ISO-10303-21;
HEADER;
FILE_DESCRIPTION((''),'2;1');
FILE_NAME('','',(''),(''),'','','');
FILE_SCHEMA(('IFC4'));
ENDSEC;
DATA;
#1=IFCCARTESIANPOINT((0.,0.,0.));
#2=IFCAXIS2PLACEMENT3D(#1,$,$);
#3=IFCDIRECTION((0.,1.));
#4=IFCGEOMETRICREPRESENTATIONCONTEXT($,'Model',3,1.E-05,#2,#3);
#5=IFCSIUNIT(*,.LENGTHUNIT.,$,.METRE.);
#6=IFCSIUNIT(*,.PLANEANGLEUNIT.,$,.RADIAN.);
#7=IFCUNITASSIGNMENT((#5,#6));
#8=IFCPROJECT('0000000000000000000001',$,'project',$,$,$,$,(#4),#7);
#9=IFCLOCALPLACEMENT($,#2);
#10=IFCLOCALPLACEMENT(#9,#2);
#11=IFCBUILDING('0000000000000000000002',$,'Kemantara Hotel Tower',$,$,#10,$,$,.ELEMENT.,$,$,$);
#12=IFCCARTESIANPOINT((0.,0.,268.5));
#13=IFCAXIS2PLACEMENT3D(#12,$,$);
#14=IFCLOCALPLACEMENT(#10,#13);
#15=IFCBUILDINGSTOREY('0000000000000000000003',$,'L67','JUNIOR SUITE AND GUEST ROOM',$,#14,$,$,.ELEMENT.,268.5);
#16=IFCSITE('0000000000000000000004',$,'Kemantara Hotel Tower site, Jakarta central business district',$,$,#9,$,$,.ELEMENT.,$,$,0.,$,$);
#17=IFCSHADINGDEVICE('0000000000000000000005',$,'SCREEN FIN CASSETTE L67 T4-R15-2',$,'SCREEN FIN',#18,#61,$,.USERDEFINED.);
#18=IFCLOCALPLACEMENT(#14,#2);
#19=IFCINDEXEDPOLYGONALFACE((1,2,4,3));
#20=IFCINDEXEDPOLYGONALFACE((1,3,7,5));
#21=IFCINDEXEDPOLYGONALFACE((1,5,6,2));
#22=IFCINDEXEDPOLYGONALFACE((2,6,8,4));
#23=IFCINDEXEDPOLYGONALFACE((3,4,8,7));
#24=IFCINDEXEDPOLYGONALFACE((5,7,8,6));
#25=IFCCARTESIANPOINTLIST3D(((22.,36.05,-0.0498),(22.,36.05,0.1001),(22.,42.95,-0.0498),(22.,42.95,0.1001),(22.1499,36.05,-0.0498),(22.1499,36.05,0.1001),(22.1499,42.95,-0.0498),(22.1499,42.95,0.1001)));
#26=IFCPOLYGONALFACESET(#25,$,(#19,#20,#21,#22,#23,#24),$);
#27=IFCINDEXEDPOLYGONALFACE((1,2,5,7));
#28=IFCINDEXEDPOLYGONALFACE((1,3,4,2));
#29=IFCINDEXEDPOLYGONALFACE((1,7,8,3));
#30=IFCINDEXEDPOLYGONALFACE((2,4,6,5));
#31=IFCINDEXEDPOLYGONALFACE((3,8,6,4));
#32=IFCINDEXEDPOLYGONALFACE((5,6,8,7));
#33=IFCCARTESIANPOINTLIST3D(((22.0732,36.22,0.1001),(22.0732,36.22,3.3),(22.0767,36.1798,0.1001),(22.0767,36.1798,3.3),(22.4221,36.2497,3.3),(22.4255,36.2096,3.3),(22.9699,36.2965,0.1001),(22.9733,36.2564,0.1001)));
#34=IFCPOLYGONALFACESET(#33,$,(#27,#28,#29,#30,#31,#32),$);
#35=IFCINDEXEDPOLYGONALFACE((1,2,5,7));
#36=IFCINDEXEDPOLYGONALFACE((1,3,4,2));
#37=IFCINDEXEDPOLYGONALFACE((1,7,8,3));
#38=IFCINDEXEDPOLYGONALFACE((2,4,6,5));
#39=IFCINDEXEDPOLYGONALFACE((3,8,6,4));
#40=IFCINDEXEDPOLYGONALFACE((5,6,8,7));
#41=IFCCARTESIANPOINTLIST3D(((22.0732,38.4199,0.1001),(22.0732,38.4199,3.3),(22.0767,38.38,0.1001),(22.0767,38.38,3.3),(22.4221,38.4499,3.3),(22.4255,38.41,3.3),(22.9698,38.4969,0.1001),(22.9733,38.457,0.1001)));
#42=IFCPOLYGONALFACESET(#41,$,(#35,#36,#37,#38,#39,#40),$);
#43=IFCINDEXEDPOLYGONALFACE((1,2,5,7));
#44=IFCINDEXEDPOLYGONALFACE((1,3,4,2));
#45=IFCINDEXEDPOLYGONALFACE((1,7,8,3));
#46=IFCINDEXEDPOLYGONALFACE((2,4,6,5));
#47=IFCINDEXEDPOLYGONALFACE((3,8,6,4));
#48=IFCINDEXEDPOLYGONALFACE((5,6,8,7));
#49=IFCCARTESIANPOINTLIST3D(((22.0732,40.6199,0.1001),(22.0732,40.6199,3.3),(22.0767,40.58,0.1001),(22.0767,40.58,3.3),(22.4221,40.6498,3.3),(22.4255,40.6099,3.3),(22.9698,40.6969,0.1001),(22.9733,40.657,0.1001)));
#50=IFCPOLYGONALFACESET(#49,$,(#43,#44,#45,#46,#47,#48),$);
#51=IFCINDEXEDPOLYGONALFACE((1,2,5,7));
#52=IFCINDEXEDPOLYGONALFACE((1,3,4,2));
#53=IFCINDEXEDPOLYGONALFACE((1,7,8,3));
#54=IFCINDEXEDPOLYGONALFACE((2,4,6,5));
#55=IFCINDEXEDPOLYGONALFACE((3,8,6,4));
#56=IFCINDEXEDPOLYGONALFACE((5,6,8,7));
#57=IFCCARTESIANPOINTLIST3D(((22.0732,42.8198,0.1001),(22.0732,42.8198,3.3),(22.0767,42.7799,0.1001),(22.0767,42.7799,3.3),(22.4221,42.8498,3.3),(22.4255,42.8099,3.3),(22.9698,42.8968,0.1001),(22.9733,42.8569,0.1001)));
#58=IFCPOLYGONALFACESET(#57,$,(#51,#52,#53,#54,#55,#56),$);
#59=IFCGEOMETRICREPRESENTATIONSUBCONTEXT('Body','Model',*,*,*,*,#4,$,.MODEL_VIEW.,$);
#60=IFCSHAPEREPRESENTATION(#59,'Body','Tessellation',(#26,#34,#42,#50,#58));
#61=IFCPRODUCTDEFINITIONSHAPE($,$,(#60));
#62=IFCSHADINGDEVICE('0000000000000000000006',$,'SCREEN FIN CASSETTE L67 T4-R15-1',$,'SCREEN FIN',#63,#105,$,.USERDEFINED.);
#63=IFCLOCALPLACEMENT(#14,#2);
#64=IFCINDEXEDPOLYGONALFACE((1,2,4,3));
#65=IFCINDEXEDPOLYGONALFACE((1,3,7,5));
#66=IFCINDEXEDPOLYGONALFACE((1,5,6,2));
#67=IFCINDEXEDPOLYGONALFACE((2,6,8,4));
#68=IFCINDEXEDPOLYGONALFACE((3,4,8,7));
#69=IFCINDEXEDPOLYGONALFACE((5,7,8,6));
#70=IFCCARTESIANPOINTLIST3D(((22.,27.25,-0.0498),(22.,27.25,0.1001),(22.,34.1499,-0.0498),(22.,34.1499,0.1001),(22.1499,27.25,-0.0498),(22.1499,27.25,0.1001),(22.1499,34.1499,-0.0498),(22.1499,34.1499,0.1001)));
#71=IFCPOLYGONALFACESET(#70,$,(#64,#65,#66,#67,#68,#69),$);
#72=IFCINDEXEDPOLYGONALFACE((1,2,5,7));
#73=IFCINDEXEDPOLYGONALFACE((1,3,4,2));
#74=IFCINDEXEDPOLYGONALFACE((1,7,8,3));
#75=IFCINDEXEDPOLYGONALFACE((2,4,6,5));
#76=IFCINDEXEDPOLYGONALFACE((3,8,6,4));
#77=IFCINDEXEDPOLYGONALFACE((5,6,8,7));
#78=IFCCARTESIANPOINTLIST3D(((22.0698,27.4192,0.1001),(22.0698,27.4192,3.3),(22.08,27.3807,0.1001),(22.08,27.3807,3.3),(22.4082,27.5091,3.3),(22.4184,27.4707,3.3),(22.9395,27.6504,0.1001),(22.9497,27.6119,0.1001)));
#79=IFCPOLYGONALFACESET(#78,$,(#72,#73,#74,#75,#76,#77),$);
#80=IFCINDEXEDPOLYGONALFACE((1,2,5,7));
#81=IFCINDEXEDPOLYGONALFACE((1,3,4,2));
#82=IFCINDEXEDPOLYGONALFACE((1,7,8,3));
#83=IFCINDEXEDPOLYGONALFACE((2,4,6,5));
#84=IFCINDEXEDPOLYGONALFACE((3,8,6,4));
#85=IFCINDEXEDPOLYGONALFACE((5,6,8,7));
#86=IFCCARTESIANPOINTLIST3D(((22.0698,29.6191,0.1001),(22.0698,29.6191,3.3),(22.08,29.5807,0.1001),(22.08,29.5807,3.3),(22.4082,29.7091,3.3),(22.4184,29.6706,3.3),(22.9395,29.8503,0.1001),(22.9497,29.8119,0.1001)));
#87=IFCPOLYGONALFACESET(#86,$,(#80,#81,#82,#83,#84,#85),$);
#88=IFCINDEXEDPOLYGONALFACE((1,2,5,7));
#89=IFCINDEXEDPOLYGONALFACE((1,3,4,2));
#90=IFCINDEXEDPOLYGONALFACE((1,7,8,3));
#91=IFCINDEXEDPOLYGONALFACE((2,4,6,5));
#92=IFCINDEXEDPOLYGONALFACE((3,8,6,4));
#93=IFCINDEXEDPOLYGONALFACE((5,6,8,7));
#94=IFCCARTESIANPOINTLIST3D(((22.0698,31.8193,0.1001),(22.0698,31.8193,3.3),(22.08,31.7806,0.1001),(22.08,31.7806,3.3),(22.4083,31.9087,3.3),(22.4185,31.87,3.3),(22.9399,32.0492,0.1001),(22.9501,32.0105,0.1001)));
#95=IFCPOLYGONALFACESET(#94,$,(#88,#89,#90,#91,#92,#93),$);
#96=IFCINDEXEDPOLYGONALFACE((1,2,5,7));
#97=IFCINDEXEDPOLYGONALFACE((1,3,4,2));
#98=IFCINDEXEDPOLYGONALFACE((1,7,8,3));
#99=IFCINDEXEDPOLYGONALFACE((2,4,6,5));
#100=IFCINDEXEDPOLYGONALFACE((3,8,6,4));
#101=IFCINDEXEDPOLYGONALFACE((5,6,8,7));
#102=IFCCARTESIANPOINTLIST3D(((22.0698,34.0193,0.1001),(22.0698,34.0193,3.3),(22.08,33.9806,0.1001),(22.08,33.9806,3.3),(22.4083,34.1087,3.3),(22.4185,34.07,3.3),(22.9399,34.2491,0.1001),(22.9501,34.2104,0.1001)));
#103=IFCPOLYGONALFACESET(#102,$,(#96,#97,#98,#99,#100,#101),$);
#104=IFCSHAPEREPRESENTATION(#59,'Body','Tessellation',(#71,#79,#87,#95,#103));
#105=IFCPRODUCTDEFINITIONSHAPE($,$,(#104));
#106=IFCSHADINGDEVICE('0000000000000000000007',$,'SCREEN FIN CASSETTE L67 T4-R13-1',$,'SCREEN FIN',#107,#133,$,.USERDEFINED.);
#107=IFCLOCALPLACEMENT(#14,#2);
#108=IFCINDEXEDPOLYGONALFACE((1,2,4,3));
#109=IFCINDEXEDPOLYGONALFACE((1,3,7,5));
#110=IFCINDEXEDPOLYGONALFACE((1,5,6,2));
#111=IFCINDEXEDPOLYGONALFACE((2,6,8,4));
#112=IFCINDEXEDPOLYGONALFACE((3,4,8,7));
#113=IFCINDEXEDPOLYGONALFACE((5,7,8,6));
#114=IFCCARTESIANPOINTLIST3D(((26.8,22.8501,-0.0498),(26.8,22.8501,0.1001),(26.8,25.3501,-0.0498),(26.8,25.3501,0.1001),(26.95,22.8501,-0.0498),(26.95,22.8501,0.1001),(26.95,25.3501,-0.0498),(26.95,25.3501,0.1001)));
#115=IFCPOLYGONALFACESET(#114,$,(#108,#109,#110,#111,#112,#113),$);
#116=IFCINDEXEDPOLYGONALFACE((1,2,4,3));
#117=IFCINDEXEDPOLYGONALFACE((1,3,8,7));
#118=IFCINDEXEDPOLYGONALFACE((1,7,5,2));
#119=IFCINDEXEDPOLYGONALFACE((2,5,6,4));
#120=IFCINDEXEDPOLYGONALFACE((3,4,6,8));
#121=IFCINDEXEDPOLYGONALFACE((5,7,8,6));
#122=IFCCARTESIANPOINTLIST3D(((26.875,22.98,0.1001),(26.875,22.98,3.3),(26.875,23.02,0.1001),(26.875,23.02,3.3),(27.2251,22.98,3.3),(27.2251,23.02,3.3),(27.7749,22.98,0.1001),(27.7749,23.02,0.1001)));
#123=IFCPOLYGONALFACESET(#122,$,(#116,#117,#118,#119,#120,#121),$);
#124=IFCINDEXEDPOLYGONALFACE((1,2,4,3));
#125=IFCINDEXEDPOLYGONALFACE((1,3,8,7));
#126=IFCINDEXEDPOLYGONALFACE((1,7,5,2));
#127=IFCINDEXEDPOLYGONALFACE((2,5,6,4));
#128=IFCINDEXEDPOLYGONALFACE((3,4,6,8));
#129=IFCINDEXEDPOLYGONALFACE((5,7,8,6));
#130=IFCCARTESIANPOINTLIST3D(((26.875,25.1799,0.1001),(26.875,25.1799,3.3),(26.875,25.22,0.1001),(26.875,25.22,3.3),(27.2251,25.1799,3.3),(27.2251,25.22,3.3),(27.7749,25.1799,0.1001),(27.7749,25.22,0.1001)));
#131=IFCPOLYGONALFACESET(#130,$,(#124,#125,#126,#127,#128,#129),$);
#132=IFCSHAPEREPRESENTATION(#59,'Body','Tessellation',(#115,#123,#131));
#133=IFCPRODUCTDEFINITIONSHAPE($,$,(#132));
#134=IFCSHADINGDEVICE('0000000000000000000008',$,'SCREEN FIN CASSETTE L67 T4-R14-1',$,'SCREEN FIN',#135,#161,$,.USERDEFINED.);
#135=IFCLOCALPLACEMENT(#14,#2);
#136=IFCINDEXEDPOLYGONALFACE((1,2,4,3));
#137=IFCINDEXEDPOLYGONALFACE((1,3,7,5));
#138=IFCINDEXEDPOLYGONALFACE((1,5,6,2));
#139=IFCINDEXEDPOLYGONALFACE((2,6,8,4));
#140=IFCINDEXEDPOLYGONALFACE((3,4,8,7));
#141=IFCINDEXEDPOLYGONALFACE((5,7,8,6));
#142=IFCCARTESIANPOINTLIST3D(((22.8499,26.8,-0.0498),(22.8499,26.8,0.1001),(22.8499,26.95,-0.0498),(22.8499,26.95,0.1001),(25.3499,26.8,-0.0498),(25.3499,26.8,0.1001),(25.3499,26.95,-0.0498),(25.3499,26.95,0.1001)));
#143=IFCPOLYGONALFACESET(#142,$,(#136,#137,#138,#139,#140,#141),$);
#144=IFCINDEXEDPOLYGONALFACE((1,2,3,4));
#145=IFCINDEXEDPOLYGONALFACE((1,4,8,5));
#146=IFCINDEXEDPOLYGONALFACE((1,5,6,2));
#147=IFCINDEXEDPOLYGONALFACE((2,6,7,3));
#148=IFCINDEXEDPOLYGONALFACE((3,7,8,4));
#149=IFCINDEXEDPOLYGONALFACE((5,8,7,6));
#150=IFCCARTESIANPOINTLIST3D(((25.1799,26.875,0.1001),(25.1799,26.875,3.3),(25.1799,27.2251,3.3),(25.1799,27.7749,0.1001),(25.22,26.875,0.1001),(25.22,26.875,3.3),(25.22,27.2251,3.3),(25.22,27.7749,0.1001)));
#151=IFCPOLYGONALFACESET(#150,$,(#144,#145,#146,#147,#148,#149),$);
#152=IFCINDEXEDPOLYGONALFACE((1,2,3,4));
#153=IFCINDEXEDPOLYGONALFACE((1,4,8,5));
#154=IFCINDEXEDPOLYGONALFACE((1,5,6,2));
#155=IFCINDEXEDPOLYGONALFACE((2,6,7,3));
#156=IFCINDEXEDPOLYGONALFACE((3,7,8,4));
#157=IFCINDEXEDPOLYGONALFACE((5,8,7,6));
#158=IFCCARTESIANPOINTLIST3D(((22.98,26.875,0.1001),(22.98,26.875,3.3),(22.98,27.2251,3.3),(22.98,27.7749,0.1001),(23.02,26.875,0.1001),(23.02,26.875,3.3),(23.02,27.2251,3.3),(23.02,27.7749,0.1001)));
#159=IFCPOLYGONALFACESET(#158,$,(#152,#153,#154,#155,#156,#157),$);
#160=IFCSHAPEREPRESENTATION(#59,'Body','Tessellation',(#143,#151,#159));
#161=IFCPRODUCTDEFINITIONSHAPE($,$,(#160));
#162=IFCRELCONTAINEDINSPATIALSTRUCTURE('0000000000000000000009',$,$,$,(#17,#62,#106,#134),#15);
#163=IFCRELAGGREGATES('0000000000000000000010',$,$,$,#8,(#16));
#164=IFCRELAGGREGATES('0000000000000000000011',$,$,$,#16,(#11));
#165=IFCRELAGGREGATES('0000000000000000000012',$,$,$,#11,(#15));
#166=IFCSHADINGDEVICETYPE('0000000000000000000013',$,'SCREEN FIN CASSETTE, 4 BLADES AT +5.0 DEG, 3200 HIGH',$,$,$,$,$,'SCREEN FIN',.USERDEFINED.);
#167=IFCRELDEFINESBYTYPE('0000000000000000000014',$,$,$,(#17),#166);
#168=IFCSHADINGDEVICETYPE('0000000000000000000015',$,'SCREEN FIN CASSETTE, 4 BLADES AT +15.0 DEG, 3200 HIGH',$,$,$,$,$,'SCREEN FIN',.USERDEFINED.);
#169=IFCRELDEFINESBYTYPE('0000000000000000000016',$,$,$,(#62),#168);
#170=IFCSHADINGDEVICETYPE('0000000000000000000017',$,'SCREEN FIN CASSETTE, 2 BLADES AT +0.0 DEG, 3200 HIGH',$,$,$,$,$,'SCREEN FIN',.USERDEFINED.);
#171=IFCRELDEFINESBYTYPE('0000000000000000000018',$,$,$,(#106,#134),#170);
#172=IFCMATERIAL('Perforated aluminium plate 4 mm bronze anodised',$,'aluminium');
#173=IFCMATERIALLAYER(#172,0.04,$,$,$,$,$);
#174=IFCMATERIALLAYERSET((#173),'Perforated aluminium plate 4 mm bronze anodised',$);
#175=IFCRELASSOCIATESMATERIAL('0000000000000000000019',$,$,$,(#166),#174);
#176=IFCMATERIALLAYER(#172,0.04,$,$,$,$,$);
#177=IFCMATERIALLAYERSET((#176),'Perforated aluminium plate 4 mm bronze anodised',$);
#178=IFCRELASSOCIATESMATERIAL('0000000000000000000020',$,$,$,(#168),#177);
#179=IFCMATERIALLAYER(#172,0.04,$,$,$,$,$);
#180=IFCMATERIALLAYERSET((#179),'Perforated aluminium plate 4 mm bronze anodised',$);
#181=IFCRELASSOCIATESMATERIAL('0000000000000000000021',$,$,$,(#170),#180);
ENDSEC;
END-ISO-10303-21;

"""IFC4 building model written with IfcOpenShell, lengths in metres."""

from ifc_helpers import new_model, si_unit, direction, frame, origin, origin_2d, place, context, subcontext, project, spatial, polyline, rectangle, outline, extrude, source, transform, mapped, material, layer, layer_set, type_object, element, save


model = new_model("IFC4")

# Units and contexts
model_context = context("Model", 3, precision=1e-05, world=origin(), true_north=direction((0.0, 1.0)))
body_context = subcontext(model_context, "Body", "Model", "MODEL_VIEW")
ifc_project = project(units=[si_unit("LENGTHUNIT", "METRE"), si_unit("PLANEANGLEUNIT", "RADIAN")], contexts=[model_context])

# Site, building, storey
site_placement = place(None, origin())
site = spatial("IfcSite", under=ifc_project, at=site_placement, Name="Kemantara Hotel Tower site, Jakarta central business district", CompositionType="ELEMENT", RefElevation=0.0)
building_placement = place(site_placement, origin())
building = spatial("IfcBuilding", under=site, at=building_placement, Name="Kemantara Hotel Tower", CompositionType="ELEMENT")
storey_placement = place(building_placement, frame((0.0, 0.0, 268.5)))
storey = spatial("IfcBuildingStorey", under=building, at=storey_placement, Name="L67", Description="JUNIOR SUITE AND GUEST ROOM", CompositionType="ELEMENT", Elevation=268.5)

# Shading devices
ifc_material_1 = material(Name="Perforated aluminium plate 4 mm bronze anodised", Category="aluminium")
ifc_layer_1 = layer(ifc_material_1, 0.04)
ifc_layer_set_1 = layer_set([ifc_layer_1], Name="Perforated aluminium plate 4 mm bronze anodised")
shading_device_type_1 = type_object("IfcShadingDeviceType", Name="SCREEN FIN CASSETTE, 4 BLADES AT +5.0 DEG, 3200 HIGH", ElementType="SCREEN FIN", PredefinedType="USERDEFINED", material=ifc_layer_set_1)
shared_shape_1 = source(origin(), body_context, "Body", "SweptSolid", [
    extrude(rectangle(XDim=6.8999, YDim=0.1499, at=origin_2d()), frame((3.3, -0.075, -0.1499), z_axis=(0.0, 0.0, 1.0), x_axis=(1.0, 0.0, 0.0)), (0.0, 0.0, 1.0), 0.1499),
    extrude(outline(polyline([(0.0, 0.0), (0.8999, 0.0), (0.3501, 3.2), (0.0, 3.2), (0.0, 0.0)])), frame((0.02, -0.0732, 0.0), z_axis=(-0.996376, -0.085056, 0.0), x_axis=(0.085056, -0.996376, 0.0)), (0.0, 0.0, 1.0), 0.0403),
    extrude(outline(polyline([(0.0, 0.0), (0.8999, 0.0), (0.3501, 3.2), (0.0, 3.2), (0.0, 0.0)])), frame((2.22, -0.0732, 0.0), z_axis=(-0.996332, -0.085575, 0.0), x_axis=(0.085575, -0.996332, 0.0)), (0.0, 0.0, 1.0), 0.04),
    extrude(outline(polyline([(0.0, 0.0), (0.8999, 0.0), (0.3501, 3.2), (0.0, 3.2), (0.0, 0.0)])), frame((4.4199, -0.0732, 0.0), z_axis=(-0.996332, -0.085575, 0.0), x_axis=(0.085575, -0.996332, 0.0)), (0.0, 0.0, 1.0), 0.04),
    extrude(outline(polyline([(0.0, 0.0), (0.8999, 0.0), (0.3501, 3.2), (0.0, 3.2), (0.0, 0.0)])), frame((6.6199, -0.0732, 0.0), z_axis=(-0.996332, -0.085575, 0.0), x_axis=(0.085575, -0.996332, 0.0)), (0.0, 0.0, 1.0), 0.04),
])
shading_device_1_placement = place(storey_placement, frame((22.0, 36.2, 0.1001), z_axis=(0.0, 0.0, 1.0), x_axis=(0.0, 1.0, 0.0)))
element("IfcShadingDevice", 1, at=shading_device_1_placement, inside=storey, type_object=shading_device_type_1, Name="SCREEN FIN CASSETTE L67 T4-R15-2", ObjectType="SCREEN FIN", PredefinedType="USERDEFINED", context=body_context, shape_type="MappedRepresentation", body=[
    mapped(shared_shape_1, transform((0.0, 0.0, 0.0))),
])
ifc_layer_2 = layer(ifc_material_1, 0.04)
ifc_layer_set_2 = layer_set([ifc_layer_2], Name="Perforated aluminium plate 4 mm bronze anodised")
shading_device_type_2 = type_object("IfcShadingDeviceType", Name="SCREEN FIN CASSETTE, 4 BLADES AT +15.0 DEG, 3200 HIGH", ElementType="SCREEN FIN", PredefinedType="USERDEFINED", material=ifc_layer_set_2)
shared_shape_2 = source(origin(), body_context, "Body", "SweptSolid", [
    extrude(rectangle(XDim=6.8999, YDim=0.1499, at=origin_2d()), frame((3.3, -0.075, -0.1499), z_axis=(0.0, 0.0, 1.0), x_axis=(1.0, 0.0, 0.0)), (0.0, 0.0, 1.0), 0.1499),
    extrude(outline(polyline([(0.0, 0.0), (0.8999, 0.0), (0.3501, 3.2), (0.0, 3.2), (0.0, 0.0)])), frame((0.0193, -0.0698, 0.0), z_axis=(-0.966438, -0.256901, 0.0), x_axis=(0.256901, -0.966438, 0.0)), (0.0, 0.0, 1.0), 0.0398),
    extrude(outline(polyline([(0.0, 0.0), (0.8999, 0.0), (0.3501, 3.2), (0.0, 3.2), (0.0, 0.0)])), frame((2.2192, -0.0698, 0.0), z_axis=(-0.966438, -0.256901, 0.0), x_axis=(0.256901, -0.966438, 0.0)), (0.0, 0.0, 1.0), 0.0398),
    extrude(outline(polyline([(0.0, 0.0), (0.8999, 0.0), (0.3501, 3.2), (0.0, 3.2), (0.0, 0.0)])), frame((4.4194, -0.0698, 0.0), z_axis=(-0.966838, -0.255391, 0.0), x_axis=(0.255391, -0.966838, 0.0)), (0.0, 0.0, 1.0), 0.04),
    extrude(outline(polyline([(0.0, 0.0), (0.8999, 0.0), (0.3501, 3.2), (0.0, 3.2), (0.0, 0.0)])), frame((6.6194, -0.0698, 0.0), z_axis=(-0.966838, -0.255391, 0.0), x_axis=(0.255391, -0.966838, 0.0)), (0.0, 0.0, 1.0), 0.04),
])
shading_device_2_placement = place(storey_placement, frame((22.0, 27.3999, 0.1001), z_axis=(0.0, 0.0, 1.0), x_axis=(0.0, 1.0, 0.0)))
element("IfcShadingDevice", 2, at=shading_device_2_placement, inside=storey, type_object=shading_device_type_2, Name="SCREEN FIN CASSETTE L67 T4-R15-1", ObjectType="SCREEN FIN", PredefinedType="USERDEFINED", context=body_context, shape_type="MappedRepresentation", body=[
    mapped(shared_shape_2, transform((0.0, 0.0, 0.0))),
])
ifc_layer_3 = layer(ifc_material_1, 0.04)
ifc_layer_set_3 = layer_set([ifc_layer_3], Name="Perforated aluminium plate 4 mm bronze anodised")
shading_device_type_3 = type_object("IfcShadingDeviceType", Name="SCREEN FIN CASSETTE, 2 BLADES AT +0.0 DEG, 3200 HIGH", ElementType="SCREEN FIN", PredefinedType="USERDEFINED", material=ifc_layer_set_3)
shared_shape_3 = source(origin(), body_context, "Body", "SweptSolid", [
    extrude(rectangle(XDim=2.5, YDim=0.1499, at=origin_2d()), frame((1.1001, -0.075, -0.1499), z_axis=(0.0, 0.0, 1.0), x_axis=(1.0, 0.0, 0.0)), (0.0, 0.0, 1.0), 0.1499),
    extrude(outline(polyline([(0.0, 0.0), (0.8999, 0.0), (0.3501, 3.2), (0.0, 3.2), (0.0, 0.0)])), frame((0.02, -0.075, 0.0), z_axis=(-1.0, 0.0, 0.0), x_axis=(0.0, -1.0, 0.0)), (0.0, 0.0, 1.0), 0.04),
    extrude(outline(polyline([(0.0, 0.0), (0.8999, 0.0), (0.3501, 3.2), (0.0, 3.2), (0.0, 0.0)])), frame((2.22, -0.075, 0.0), z_axis=(-1.0, 0.0, 0.0), x_axis=(0.0, -1.0, 0.0)), (0.0, 0.0, 1.0), 0.04),
])
for number, where, z_axis, x_axis, name in (
    (3, (26.8, 23.0, 0.1001), (0.0, 0.0, 1.0), (0.0, 1.0, 0.0), "SCREEN FIN CASSETTE L67 T4-R13-1"),
    (4, (25.2, 26.8, 0.1001), (0.0, 0.0, 1.0), (-1.0, 0.0, 0.0), "SCREEN FIN CASSETTE L67 T4-R14-1"),
):
    element("IfcShadingDevice", number, at=place(storey_placement, frame(where, z_axis=z_axis, x_axis=x_axis)), inside=storey, type_object=shading_device_type_3, Name=name, ObjectType="SCREEN FIN", PredefinedType="USERDEFINED", context=body_context, shape_type="MappedRepresentation", body=[
        mapped(shared_shape_3, transform((0.0, 0.0, 0.0))),
    ])

save(model, "model.ifc")
